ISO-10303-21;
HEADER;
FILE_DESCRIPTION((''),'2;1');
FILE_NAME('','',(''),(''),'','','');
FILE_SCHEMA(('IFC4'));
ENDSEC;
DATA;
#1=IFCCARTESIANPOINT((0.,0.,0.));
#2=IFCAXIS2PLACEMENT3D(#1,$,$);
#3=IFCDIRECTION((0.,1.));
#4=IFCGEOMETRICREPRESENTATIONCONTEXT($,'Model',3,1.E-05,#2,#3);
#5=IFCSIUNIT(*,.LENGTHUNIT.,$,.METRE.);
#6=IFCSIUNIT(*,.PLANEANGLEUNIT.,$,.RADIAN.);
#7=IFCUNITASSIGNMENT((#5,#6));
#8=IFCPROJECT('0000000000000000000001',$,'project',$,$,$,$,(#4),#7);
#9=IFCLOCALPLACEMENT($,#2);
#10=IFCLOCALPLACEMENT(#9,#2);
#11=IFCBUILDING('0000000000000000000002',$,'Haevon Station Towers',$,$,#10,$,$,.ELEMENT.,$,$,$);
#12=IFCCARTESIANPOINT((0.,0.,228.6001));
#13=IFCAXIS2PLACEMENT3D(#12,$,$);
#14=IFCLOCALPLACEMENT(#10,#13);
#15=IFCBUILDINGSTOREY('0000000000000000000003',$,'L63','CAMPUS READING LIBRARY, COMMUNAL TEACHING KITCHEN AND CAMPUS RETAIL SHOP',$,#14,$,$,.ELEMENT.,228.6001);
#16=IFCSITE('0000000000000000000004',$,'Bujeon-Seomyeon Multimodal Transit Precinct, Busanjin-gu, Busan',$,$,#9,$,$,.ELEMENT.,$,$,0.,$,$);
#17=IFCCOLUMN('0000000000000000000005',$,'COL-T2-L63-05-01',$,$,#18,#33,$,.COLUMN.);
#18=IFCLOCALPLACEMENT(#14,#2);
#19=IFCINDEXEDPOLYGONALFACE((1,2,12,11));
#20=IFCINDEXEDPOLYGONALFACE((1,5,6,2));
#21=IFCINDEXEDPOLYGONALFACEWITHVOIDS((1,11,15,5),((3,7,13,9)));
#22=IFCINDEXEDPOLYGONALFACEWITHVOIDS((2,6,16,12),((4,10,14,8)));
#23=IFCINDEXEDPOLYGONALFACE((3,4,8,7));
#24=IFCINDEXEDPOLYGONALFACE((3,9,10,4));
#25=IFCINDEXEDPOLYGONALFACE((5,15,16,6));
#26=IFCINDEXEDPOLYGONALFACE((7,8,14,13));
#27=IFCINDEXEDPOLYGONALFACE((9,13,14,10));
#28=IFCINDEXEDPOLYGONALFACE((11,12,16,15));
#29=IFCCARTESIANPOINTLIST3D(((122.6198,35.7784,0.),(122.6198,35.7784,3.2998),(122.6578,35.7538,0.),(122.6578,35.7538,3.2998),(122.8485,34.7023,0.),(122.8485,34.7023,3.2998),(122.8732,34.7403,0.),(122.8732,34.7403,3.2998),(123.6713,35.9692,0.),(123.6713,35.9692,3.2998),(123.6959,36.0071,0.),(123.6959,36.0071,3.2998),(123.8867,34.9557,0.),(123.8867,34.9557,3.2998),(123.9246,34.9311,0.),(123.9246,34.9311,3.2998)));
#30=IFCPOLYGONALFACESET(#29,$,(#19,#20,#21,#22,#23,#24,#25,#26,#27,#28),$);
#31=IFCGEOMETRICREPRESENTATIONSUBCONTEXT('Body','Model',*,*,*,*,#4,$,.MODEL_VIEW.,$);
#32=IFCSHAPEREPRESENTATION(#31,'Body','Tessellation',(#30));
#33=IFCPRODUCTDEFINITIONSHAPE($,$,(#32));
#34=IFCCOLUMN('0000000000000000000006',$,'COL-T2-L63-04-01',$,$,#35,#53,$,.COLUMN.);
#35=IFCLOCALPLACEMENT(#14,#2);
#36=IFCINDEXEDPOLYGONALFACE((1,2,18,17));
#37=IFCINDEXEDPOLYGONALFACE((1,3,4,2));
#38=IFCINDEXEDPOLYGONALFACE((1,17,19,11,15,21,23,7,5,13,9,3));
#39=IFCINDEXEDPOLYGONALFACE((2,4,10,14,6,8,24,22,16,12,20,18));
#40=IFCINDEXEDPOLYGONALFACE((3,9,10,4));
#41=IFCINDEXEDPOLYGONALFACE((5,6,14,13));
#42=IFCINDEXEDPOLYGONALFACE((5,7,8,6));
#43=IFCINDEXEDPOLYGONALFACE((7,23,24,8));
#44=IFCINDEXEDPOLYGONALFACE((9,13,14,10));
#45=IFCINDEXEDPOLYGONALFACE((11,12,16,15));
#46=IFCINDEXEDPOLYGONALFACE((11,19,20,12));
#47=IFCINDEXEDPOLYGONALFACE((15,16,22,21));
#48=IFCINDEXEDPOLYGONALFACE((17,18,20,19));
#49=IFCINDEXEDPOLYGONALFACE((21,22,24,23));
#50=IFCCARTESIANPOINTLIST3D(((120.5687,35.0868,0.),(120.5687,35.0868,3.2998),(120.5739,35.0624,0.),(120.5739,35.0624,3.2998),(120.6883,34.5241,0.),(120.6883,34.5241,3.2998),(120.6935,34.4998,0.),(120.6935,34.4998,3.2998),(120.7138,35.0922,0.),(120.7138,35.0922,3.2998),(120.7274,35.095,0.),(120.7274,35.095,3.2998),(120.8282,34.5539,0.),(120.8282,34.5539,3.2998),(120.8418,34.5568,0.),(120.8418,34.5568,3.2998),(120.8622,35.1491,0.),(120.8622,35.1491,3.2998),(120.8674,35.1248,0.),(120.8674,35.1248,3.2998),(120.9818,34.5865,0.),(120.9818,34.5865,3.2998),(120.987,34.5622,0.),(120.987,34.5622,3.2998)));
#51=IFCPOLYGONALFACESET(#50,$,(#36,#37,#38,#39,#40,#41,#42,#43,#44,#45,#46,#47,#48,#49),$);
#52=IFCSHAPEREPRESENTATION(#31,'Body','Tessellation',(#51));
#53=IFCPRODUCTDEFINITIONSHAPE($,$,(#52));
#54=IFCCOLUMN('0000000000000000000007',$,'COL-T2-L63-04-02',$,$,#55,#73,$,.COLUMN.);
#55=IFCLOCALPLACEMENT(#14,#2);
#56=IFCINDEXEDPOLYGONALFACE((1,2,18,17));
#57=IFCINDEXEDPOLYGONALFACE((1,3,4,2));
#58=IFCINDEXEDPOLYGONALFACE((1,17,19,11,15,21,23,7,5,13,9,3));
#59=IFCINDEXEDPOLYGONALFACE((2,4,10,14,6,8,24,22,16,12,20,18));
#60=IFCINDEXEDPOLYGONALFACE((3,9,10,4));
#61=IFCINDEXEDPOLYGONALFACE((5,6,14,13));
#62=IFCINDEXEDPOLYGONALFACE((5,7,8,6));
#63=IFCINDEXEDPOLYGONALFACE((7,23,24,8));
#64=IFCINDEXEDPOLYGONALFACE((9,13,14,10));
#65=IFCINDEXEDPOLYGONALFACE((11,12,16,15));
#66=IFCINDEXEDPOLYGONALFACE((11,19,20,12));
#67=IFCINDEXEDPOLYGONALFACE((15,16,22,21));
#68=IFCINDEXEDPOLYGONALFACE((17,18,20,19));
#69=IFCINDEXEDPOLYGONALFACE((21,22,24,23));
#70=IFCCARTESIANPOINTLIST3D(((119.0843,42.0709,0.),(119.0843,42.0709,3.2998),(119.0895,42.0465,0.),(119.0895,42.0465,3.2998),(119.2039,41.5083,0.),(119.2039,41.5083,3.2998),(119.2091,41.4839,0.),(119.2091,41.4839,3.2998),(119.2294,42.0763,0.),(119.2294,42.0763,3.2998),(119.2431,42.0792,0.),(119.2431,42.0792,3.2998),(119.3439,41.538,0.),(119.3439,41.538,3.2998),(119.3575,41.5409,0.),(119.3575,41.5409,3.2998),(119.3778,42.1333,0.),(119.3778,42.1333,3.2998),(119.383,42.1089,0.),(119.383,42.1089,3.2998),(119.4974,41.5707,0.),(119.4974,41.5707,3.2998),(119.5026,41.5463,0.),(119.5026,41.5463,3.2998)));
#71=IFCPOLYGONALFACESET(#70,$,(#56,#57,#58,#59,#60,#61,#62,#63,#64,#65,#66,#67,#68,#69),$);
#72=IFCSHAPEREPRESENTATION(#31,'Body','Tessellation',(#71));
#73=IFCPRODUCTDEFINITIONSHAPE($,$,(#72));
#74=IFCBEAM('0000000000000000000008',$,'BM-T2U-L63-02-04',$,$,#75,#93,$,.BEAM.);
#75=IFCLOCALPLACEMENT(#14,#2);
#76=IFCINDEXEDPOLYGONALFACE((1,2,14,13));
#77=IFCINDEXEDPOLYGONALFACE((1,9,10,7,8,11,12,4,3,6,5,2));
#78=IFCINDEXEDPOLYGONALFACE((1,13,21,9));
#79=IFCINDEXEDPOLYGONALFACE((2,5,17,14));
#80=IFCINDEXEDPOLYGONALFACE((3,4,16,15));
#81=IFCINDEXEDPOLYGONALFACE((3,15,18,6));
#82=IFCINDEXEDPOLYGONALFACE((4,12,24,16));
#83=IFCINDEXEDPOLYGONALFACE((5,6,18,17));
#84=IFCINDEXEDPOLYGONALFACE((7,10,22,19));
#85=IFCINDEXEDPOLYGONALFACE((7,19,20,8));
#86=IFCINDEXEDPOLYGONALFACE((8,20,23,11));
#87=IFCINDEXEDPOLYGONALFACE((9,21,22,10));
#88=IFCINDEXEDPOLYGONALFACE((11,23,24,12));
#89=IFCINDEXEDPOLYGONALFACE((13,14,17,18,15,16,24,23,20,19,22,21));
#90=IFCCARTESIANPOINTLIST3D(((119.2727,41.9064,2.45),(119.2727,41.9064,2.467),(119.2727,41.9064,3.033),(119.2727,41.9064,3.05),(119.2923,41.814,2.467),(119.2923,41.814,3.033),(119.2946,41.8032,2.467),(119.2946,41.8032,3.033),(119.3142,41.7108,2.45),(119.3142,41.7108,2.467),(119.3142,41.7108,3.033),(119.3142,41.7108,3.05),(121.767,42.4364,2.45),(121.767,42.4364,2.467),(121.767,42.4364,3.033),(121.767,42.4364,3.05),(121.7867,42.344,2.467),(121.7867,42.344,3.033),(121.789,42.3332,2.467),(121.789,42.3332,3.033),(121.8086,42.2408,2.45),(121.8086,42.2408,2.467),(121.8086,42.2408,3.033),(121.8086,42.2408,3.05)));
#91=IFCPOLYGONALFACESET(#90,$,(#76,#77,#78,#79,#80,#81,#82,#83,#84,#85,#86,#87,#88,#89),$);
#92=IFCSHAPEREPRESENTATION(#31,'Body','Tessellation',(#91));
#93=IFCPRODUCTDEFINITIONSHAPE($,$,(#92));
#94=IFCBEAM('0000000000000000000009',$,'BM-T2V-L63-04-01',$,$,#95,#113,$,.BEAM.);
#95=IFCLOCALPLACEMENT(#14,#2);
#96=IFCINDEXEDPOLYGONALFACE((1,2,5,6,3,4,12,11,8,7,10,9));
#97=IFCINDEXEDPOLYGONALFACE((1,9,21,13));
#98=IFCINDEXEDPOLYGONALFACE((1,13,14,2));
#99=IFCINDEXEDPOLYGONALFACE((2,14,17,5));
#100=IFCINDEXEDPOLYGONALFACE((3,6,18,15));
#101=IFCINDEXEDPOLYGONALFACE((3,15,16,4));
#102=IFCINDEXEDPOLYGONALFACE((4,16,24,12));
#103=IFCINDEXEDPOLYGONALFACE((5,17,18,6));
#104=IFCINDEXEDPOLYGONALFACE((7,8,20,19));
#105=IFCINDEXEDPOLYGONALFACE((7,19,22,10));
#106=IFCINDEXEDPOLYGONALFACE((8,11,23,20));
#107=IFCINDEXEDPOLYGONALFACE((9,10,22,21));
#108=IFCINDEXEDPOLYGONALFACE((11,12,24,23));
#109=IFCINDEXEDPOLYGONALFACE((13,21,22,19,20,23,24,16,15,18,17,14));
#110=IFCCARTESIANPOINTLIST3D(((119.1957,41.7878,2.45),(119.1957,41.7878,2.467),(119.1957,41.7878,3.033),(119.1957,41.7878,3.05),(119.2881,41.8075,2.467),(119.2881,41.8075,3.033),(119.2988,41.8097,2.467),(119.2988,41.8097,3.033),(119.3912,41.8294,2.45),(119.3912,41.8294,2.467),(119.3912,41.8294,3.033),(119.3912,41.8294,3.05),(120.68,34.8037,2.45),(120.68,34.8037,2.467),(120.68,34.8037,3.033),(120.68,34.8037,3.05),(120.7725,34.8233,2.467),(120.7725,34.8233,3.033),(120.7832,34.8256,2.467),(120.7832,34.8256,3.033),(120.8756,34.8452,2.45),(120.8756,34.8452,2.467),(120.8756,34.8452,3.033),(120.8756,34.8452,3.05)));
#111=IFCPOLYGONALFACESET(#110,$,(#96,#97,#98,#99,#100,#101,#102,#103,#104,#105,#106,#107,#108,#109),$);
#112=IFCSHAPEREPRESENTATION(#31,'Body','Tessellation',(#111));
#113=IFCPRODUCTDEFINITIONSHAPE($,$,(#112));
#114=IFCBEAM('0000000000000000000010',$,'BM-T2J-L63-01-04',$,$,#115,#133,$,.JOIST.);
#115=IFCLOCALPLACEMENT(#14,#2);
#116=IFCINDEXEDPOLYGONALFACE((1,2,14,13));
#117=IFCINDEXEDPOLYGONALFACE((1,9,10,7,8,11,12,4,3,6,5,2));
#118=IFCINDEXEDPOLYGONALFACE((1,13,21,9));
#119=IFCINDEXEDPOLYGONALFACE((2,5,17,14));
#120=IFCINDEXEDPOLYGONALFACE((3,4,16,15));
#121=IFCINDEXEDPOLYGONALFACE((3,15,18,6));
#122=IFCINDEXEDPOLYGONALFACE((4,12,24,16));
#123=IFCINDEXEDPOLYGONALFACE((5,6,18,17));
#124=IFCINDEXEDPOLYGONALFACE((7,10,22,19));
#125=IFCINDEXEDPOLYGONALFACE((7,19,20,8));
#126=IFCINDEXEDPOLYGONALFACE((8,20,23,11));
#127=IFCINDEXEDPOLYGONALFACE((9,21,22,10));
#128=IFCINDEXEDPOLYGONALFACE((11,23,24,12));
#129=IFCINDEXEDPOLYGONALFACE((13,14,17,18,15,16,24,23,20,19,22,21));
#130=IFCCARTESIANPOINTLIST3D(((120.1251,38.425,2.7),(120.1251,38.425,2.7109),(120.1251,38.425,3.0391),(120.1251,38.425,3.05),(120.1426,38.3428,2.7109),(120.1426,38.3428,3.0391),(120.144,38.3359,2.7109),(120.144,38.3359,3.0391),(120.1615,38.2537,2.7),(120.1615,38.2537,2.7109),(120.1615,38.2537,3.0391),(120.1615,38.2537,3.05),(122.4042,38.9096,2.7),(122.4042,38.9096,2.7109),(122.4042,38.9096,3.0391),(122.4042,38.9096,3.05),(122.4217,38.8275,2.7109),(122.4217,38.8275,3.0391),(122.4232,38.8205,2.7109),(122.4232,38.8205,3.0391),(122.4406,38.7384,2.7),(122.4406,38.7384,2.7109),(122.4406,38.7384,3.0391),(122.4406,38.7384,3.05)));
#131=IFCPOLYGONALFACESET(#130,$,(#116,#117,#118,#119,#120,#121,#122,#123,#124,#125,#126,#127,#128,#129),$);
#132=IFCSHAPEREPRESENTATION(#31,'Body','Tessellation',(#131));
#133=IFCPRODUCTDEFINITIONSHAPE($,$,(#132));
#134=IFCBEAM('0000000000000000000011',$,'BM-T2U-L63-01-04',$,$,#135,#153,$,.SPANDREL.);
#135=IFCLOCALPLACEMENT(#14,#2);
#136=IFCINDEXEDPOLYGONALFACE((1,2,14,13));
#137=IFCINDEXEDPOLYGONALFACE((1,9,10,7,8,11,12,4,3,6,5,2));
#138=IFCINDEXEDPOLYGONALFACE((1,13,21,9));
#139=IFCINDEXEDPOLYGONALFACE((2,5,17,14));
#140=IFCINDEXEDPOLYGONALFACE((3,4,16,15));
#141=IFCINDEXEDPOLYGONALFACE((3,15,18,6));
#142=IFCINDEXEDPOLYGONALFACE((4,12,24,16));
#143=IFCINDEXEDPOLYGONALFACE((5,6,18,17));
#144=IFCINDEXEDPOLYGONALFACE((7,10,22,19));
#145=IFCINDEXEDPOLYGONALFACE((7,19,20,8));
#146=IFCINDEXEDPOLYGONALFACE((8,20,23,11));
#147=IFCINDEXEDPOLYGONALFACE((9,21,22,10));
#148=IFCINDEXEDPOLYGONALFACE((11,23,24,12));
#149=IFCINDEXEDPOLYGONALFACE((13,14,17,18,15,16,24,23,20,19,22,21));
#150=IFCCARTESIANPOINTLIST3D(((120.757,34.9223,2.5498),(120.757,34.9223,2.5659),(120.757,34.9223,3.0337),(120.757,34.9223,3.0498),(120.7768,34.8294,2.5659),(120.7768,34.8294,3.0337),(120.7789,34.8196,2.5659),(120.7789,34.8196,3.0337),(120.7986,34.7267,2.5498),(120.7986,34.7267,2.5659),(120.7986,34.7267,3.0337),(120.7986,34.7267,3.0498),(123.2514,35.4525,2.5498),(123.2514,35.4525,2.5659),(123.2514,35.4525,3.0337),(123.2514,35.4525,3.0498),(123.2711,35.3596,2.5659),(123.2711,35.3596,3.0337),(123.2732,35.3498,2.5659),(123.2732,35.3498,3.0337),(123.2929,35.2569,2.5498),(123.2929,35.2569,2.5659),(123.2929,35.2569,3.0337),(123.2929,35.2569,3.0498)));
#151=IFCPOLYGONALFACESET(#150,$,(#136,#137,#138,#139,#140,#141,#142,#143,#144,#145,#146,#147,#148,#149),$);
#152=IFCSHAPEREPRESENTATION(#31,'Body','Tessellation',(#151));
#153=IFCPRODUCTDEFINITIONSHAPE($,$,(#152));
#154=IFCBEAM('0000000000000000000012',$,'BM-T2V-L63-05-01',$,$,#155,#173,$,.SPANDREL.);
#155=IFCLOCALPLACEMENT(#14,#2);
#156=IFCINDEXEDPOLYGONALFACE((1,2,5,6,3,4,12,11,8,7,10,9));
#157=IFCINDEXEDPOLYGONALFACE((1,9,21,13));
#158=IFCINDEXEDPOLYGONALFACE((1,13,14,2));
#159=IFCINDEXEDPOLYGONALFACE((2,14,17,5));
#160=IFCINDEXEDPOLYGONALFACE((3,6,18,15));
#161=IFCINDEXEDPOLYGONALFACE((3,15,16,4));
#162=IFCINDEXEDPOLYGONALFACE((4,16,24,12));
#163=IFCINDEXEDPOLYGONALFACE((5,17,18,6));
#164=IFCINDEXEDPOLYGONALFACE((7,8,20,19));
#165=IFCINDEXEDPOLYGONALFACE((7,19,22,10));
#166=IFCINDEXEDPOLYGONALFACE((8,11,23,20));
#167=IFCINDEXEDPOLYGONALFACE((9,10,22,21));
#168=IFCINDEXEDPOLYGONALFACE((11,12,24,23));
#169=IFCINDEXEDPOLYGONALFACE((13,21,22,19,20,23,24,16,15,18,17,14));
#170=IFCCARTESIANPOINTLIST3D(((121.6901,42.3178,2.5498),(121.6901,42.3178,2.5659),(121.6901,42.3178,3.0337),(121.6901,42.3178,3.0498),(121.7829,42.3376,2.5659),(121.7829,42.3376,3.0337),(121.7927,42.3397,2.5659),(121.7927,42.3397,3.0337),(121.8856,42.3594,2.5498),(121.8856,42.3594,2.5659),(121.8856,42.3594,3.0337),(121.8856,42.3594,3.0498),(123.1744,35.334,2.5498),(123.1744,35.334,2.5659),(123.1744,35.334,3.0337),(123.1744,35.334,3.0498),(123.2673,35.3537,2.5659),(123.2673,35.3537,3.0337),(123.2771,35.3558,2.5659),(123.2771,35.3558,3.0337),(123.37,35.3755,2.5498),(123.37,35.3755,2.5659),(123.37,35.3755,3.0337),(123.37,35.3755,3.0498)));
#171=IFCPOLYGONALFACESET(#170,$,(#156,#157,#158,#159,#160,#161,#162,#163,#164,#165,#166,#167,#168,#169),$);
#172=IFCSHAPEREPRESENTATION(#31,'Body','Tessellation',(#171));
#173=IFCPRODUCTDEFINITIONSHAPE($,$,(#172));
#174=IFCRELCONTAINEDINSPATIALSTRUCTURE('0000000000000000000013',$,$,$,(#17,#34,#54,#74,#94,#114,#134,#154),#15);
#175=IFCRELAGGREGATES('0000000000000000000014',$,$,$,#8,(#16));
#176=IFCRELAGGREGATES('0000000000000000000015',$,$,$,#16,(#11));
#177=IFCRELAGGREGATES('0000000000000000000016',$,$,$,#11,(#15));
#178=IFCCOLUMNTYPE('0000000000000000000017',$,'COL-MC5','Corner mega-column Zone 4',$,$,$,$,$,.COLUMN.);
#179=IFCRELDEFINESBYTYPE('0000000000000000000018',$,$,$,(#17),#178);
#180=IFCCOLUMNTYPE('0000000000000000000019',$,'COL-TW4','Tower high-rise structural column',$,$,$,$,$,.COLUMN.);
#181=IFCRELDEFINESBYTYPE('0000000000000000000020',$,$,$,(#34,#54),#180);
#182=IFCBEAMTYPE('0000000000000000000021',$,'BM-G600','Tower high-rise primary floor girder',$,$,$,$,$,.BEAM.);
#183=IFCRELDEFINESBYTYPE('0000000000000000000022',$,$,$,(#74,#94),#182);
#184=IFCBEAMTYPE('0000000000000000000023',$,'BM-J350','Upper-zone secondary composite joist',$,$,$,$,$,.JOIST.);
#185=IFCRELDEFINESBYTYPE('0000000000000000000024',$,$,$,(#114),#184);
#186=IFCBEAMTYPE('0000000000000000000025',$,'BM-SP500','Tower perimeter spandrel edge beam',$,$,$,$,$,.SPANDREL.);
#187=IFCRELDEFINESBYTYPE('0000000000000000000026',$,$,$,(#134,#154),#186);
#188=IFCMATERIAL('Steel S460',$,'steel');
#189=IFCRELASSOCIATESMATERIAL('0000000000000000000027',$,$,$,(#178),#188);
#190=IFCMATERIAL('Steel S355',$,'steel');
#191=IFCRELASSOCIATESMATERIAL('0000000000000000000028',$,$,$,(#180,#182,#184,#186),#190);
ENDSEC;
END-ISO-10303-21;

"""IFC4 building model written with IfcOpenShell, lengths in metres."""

from ifc_helpers import new_model, si_unit, direction, frame, origin, origin_2d, place, context, subcontext, project, spatial, hollow_rectangle, i_section, extrude, material, material_profile, profile_set, type_object, element, save


model = new_model("IFC4")

# Units and contexts
model_context = context("Model", 3, precision=1e-05, world=origin(), true_north=direction((0.0, 1.0)))
body_context = subcontext(model_context, "Body", "Model", "MODEL_VIEW")
ifc_project = project(units=[si_unit("LENGTHUNIT", "METRE"), si_unit("PLANEANGLEUNIT", "RADIAN")], contexts=[model_context])

# Site, building, storey
site_placement = place(None, origin())
site = spatial("IfcSite", under=ifc_project, at=site_placement, Name="Bujeon-Seomyeon Multimodal Transit Precinct, Busanjin-gu, Busan", CompositionType="ELEMENT", RefElevation=0.0)
building_placement = place(site_placement, origin())
building = spatial("IfcBuilding", under=site, at=building_placement, Name="Haevon Station Towers", CompositionType="ELEMENT")
storey_placement = place(building_placement, frame((0.0, 0.0, 228.6001)))
storey = spatial("IfcBuildingStorey", under=building, at=storey_placement, Name="L63", Description="CAMPUS READING LIBRARY, COMMUNAL TEACHING KITCHEN AND CAMPUS RETAIL SHOP", CompositionType="ELEMENT", Elevation=228.6001)

# Columns
ifc_material_1 = material(Name="Steel S460", Category="steel")
ifc_material_profile_1 = material_profile(ifc_material_1, hollow_rectangle(XDim=1.1001, YDim=1.1001, WallThickness=0.032, at=origin_2d()), Name="BOX-1100x1100x32")
ifc_profile_set_1 = profile_set([ifc_material_profile_1], Name="Steel S460")
column_type_1 = type_object("IfcColumnType", Name="COL-MC5", Description="Corner mega-column Zone 4", PredefinedType="COLUMN", material=ifc_profile_set_1)
column_placement = place(storey_placement, frame((123.2722, 35.3547, 0.0), z_axis=(0.0, 0.0, 1.0), x_axis=(0.978148, 0.207912, 0.0)))
element("IfcColumn", 1, at=column_placement, inside=storey, type_object=column_type_1, Name="COL-T2-L63-05-01", PredefinedType="COLUMN", context=body_context, shape_type="SweptSolid", body=[
    extrude(hollow_rectangle(XDim=1.1001, YDim=1.1001, WallThickness=0.032, at=origin_2d()), origin(), (0.0, 0.0, 1.0), 3.2998),
])
ifc_material_2 = material(Name="Steel S355", Category="steel")
ifc_material_profile_2 = material_profile(ifc_material_2, i_section(OverallWidth=0.3, OverallDepth=0.6001, WebThickness=0.0139, FlangeThickness=0.0249, at=origin_2d()), Name="H-600x300x14x25")
ifc_profile_set_2 = profile_set([ifc_material_profile_2], Name="Steel S355")
column_type_2 = type_object("IfcColumnType", Name="COL-TW4", Description="Tower high-rise structural column", PredefinedType="COLUMN", material=ifc_profile_set_2)
for number, where, z_axis, x_axis, name in (
    (2, (120.7778, 34.8245, 0.0), (0.0, 0.0, 1.0), (0.978148, 0.207912, 0.0), "COL-T2-L63-04-01"),
    (3, (119.2935, 41.8086, 0.0), (0.0, 0.0, 1.0), (0.978148, 0.207912, 0.0), "COL-T2-L63-04-02"),
):
    element("IfcColumn", number, at=place(storey_placement, frame(where, z_axis=z_axis, x_axis=x_axis)), inside=storey, type_object=column_type_2, Name=name, PredefinedType="COLUMN", context=body_context, shape_type="SweptSolid", body=[
        extrude(i_section(OverallWidth=0.3, OverallDepth=0.6001, WebThickness=0.0139, FlangeThickness=0.0249, at=origin_2d()), origin(), (0.0, 0.0, 1.0), 3.2998),
    ])

# Beams
ifc_material_profile_3 = material_profile(ifc_material_2, i_section(OverallWidth=0.2, OverallDepth=0.6001, WebThickness=0.011, FlangeThickness=0.0171, at=origin_2d()), Name="H-600x200x11x17")
ifc_profile_set_3 = profile_set([ifc_material_profile_3], Name="Steel S355")
beam_type_1 = type_object("IfcBeamType", Name="BM-G600", Description="Tower high-rise primary floor girder", PredefinedType="BEAM", material=ifc_profile_set_3)
beam_1_placement = place(storey_placement, frame((119.2935, 41.8086, 2.75), z_axis=(0.978161, 0.207848, 0.0), x_axis=(-0.207848, 0.978161, 0.0)))
element("IfcBeam", 4, at=beam_1_placement, inside=storey, type_object=beam_type_1, Name="BM-T2U-L63-02-04", PredefinedType="BEAM", context=body_context, shape_type="SweptSolid", body=[
    extrude(i_section(OverallWidth=0.2, OverallDepth=0.6001, WebThickness=0.011, FlangeThickness=0.0171, at=origin_2d()), origin(), (0.0, 0.0, 1.0), 2.55),
])
beam_2_placement = place(storey_placement, frame((120.7778, 34.8245, 2.75), z_axis=(-0.207892, 0.978152, 0.0), x_axis=(-0.978152, -0.207892, 0.0)))
element("IfcBeam", 5, at=beam_2_placement, inside=storey, type_object=beam_type_1, Name="BM-T2V-L63-04-01", PredefinedType="BEAM", context=body_context, shape_type="SweptSolid", body=[
    extrude(i_section(OverallWidth=0.2, OverallDepth=0.6001, WebThickness=0.011, FlangeThickness=0.0171, at=origin_2d()), origin(), (0.0, 0.0, 1.0), 7.1401),
])
ifc_material_profile_4 = material_profile(ifc_material_2, i_section(OverallWidth=0.175, OverallDepth=0.3501, WebThickness=0.0071, FlangeThickness=0.011, at=origin_2d()), Name="H-350x175x7x11")
ifc_profile_set_4 = profile_set([ifc_material_profile_4], Name="Steel S355")
beam_type_2 = type_object("IfcBeamType", Name="BM-J350", Description="Upper-zone secondary composite joist", PredefinedType="JOIST", material=ifc_profile_set_4)
beam_3_placement = place(storey_placement, frame((120.1433, 38.3394, 2.875), z_axis=(0.978131, 0.20799, 0.0), x_axis=(-0.20799, 0.978131, 0.0)))
element("IfcBeam", 6, at=beam_3_placement, inside=storey, type_object=beam_type_2, Name="BM-T2J-L63-01-04", PredefinedType="JOIST", context=body_context, shape_type="SweptSolid", body=[
    extrude(i_section(OverallWidth=0.175, OverallDepth=0.3501, WebThickness=0.0071, FlangeThickness=0.011, at=origin_2d()), origin(), (0.0, 0.0, 1.0), 2.3301),
])
ifc_material_profile_5 = material_profile(ifc_material_2, i_section(OverallWidth=0.2, OverallDepth=0.5, WebThickness=0.01, FlangeThickness=0.0161, at=origin_2d()), Name="H-500x200x10x16")
ifc_profile_set_5 = profile_set([ifc_material_profile_5], Name="Steel S355")
beam_type_3 = type_object("IfcBeamType", Name="BM-SP500", Description="Tower perimeter spandrel edge beam", PredefinedType="SPANDREL", material=ifc_profile_set_5)
beam_4_placement = place(storey_placement, frame((120.7778, 34.8245, 2.7998), z_axis=(0.978142, 0.20794, 0.0), x_axis=(-0.20794, 0.978142, 0.0)))
element("IfcBeam", 7, at=beam_4_placement, inside=storey, type_object=beam_type_3, Name="BM-T2U-L63-01-04", PredefinedType="SPANDREL", context=body_context, shape_type="SweptSolid", body=[
    extrude(i_section(OverallWidth=0.2, OverallDepth=0.5, WebThickness=0.01, FlangeThickness=0.0161, at=origin_2d()), origin(), (0.0, 0.0, 1.0), 2.55),
])
beam_5_placement = place(storey_placement, frame((123.2722, 35.3547, 2.7998), z_axis=(-0.207899, 0.97815, 0.0), x_axis=(-0.97815, -0.207899, 0.0)))
element("IfcBeam", 8, at=beam_5_placement, inside=storey, type_object=beam_type_3, Name="BM-T2V-L63-05-01", PredefinedType="SPANDREL", context=body_context, shape_type="SweptSolid", body=[
    extrude(i_section(OverallWidth=0.2, OverallDepth=0.5, WebThickness=0.01, FlangeThickness=0.0161, at=origin_2d()), origin(), (0.0, 0.0, 1.0), 7.1399),
])

save(model, "model.ifc")
